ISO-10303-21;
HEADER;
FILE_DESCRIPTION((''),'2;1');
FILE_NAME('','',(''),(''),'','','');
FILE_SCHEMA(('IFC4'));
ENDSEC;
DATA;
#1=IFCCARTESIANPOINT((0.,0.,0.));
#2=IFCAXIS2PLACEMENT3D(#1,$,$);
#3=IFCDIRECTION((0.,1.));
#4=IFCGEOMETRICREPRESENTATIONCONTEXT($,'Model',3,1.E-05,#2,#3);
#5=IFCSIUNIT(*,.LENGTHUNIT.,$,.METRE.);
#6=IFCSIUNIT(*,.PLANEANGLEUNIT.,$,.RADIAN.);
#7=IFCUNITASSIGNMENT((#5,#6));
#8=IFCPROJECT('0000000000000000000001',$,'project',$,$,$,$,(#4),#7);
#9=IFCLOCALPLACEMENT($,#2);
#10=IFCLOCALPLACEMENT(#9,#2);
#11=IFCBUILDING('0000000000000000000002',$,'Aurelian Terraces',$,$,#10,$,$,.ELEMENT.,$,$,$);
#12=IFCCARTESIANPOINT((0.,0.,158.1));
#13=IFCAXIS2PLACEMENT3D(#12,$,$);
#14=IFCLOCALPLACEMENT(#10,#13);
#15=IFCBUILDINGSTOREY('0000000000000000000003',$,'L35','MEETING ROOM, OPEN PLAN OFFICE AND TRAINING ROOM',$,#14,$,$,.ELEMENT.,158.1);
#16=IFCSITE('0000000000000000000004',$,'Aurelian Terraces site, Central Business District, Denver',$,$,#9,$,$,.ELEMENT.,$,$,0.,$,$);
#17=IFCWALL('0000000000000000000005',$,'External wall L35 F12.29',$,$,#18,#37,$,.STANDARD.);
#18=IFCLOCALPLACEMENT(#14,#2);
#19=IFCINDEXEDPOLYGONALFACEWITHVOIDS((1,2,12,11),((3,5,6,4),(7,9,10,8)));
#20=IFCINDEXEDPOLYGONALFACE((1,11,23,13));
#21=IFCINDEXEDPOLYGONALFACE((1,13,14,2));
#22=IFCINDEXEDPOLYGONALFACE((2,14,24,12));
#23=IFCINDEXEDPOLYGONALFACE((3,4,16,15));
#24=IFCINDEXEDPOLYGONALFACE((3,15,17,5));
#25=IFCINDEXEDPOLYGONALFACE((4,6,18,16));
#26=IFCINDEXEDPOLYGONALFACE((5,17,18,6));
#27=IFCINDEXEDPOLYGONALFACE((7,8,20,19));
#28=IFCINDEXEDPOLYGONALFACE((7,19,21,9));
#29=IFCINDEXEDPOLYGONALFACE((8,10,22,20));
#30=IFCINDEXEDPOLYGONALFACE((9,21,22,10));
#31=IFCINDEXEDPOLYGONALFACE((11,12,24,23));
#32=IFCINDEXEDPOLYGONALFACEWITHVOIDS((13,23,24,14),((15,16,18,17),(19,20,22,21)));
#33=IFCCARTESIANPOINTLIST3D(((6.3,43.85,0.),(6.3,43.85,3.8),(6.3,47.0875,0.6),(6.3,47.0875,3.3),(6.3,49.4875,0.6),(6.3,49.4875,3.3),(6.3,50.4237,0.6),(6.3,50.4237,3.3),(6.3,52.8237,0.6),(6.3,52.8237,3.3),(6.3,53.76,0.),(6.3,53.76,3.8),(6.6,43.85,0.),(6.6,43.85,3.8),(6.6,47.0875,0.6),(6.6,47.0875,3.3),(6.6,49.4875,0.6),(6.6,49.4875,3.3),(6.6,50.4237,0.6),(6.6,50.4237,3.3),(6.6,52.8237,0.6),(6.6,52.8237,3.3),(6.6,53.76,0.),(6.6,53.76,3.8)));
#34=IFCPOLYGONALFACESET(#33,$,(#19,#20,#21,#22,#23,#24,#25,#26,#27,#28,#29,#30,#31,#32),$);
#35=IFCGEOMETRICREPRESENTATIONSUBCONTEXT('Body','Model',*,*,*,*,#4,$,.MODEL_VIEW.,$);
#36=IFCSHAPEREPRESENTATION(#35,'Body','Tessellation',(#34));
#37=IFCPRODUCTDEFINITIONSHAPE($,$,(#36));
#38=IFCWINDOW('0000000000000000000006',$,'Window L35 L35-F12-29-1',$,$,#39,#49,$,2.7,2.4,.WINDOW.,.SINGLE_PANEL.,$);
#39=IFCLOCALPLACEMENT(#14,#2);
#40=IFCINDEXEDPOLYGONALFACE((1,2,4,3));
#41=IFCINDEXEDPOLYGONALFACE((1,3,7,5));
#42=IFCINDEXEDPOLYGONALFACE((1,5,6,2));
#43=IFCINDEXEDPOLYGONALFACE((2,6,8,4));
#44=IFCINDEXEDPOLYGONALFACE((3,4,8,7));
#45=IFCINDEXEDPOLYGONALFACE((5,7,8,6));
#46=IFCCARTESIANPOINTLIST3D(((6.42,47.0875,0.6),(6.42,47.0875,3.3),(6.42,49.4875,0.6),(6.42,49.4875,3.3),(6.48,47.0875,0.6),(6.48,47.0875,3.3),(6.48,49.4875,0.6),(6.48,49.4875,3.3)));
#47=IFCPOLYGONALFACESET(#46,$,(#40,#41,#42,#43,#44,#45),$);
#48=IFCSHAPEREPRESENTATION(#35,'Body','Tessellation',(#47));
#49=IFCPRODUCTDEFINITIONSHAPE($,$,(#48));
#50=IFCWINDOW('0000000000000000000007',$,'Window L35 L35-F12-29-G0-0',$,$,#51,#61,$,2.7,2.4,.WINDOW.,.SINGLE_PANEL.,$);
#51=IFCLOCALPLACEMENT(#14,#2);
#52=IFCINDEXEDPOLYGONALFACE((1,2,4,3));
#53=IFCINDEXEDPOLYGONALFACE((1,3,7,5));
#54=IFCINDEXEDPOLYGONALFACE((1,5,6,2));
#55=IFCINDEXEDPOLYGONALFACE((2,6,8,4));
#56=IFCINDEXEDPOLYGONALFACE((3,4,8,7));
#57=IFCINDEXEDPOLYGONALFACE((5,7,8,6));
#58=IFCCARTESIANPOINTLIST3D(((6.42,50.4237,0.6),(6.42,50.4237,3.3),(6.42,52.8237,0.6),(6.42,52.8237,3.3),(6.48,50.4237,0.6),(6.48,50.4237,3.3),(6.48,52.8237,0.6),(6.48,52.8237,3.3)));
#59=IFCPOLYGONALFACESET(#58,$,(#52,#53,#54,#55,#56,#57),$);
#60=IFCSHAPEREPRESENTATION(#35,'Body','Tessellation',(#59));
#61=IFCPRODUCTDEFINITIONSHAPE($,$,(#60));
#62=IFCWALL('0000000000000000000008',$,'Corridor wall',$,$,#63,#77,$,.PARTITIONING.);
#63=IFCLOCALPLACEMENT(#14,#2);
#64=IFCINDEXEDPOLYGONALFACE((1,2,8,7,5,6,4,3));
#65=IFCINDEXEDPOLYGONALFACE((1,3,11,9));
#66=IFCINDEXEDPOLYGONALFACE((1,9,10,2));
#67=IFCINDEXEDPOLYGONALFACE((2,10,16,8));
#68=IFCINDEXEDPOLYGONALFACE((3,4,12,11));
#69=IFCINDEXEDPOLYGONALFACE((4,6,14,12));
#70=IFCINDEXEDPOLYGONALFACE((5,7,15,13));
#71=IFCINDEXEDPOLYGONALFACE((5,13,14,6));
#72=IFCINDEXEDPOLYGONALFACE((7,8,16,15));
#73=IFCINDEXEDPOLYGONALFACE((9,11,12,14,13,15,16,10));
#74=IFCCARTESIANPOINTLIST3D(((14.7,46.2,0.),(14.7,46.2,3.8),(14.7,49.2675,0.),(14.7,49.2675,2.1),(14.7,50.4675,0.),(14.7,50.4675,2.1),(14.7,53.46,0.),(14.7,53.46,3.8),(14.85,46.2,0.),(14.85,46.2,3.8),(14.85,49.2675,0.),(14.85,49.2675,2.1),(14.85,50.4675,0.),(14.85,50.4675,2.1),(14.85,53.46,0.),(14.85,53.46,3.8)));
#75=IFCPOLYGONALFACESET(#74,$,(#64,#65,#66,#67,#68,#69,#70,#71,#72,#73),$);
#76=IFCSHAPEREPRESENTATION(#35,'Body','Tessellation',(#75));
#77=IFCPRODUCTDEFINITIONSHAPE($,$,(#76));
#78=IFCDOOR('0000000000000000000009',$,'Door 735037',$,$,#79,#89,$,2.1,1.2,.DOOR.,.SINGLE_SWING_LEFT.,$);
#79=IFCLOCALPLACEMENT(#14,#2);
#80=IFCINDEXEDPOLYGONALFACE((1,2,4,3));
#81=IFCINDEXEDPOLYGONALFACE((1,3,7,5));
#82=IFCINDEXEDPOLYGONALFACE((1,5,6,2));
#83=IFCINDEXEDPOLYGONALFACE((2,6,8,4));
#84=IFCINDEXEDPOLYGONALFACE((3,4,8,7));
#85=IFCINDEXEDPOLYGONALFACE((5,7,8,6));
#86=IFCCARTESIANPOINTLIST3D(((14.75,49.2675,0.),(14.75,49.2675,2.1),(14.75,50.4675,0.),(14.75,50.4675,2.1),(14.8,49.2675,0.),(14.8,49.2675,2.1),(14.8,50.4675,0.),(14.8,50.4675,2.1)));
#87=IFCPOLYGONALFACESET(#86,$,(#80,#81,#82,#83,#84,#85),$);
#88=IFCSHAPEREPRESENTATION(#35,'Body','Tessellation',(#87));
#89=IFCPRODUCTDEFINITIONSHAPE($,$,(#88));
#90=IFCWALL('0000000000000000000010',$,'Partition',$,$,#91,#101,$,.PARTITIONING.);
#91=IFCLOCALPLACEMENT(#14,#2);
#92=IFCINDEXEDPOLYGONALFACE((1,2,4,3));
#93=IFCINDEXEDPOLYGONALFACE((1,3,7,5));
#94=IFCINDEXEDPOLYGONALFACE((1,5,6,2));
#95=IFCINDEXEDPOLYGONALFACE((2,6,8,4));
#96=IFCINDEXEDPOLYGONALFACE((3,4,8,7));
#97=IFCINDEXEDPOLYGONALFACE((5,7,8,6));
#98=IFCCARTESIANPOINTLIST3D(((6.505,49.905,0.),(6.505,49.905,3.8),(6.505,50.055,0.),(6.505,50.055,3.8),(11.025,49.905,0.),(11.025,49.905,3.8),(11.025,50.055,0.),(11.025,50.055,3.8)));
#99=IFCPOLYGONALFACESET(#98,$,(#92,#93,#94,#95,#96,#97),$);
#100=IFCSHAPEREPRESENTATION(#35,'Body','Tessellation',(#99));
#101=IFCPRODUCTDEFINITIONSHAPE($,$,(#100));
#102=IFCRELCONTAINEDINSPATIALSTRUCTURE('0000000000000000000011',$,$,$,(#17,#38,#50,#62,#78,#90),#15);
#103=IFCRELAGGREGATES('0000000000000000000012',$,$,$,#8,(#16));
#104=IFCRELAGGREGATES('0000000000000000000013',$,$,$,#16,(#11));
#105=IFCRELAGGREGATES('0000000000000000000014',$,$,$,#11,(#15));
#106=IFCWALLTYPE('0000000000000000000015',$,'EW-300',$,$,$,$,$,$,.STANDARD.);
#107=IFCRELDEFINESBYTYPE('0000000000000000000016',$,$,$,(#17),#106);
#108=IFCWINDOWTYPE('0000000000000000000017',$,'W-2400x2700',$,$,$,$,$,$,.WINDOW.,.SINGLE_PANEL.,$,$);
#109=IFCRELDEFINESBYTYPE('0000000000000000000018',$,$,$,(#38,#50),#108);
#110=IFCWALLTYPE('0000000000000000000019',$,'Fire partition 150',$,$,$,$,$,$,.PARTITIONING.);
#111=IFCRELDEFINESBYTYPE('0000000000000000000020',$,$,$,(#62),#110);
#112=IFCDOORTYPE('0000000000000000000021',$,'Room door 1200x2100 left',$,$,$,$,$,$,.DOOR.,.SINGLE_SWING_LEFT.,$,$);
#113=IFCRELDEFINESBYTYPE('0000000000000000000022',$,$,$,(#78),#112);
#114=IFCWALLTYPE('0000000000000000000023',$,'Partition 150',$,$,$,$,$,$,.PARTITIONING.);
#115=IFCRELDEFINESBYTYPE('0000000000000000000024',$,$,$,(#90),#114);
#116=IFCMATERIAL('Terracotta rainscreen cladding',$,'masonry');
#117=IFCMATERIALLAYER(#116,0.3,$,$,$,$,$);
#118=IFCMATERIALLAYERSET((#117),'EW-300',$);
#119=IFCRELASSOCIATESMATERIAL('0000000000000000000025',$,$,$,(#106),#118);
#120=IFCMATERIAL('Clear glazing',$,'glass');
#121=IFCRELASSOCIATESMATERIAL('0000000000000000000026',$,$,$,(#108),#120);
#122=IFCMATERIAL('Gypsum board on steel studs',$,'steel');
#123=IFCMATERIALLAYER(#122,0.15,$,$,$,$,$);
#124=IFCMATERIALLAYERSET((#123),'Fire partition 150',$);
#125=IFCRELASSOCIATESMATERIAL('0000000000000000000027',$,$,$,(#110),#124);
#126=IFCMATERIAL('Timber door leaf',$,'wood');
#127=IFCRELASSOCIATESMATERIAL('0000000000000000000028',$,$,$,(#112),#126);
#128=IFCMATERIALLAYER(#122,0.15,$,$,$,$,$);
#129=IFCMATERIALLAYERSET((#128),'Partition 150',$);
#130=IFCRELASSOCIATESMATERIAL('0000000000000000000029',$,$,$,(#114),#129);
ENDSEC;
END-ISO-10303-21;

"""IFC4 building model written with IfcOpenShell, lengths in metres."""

from ifc_helpers import new_model, si_unit, direction, frame, frame_2d, origin, place, context, subcontext, project, spatial, rectangle, extrude, source, transform, mapped, material, layer, layer_set, type_object, element, fill, save


model = new_model("IFC4")

# Units and contexts
model_context = context("Model", 3, precision=1e-05, world=origin(), true_north=direction((0.0, 1.0)))
body_context = subcontext(model_context, "Body", "Model", "MODEL_VIEW")
ifc_project = project(units=[si_unit("LENGTHUNIT", "METRE"), si_unit("PLANEANGLEUNIT", "RADIAN")], contexts=[model_context])

# Site, building, storey
site_placement = place(None, origin())
site = spatial("IfcSite", under=ifc_project, at=site_placement, Name="Aurelian Terraces site, Central Business District, Denver", CompositionType="ELEMENT", RefElevation=0.0)
building_placement = place(site_placement, origin())
building = spatial("IfcBuilding", under=site, at=building_placement, Name="Aurelian Terraces", CompositionType="ELEMENT")
storey_placement = place(building_placement, frame((0.0, 0.0, 158.1)))
storey = spatial("IfcBuildingStorey", under=building, at=storey_placement, Name="L35", Description="MEETING ROOM, OPEN PLAN OFFICE AND TRAINING ROOM", CompositionType="ELEMENT", Elevation=158.1)

# Shared definitions
ifc_material_1 = material(Name="Terracotta rainscreen cladding", Category="masonry")
ifc_layer_1 = layer(ifc_material_1, 0.3)
ifc_layer_set_1 = layer_set([ifc_layer_1], Name="EW-300")
wall_type_1 = type_object("IfcWallType", Name="EW-300", PredefinedType="STANDARD", material=ifc_layer_set_1)
ifc_material_2 = material(Name="Clear glazing", Category="glass")

# Wall, openings, windows
shared_shape_1 = source(origin(), body_context, "Body", "SweptSolid", [
    extrude(rectangle(XDim=2.4, YDim=2.7, at=frame_2d((1.2, 1.35))), frame((0.0, 0.16, 0.0), z_axis=(0.0, -1.0, 0.0), x_axis=(1.0, 0.0, 0.0)), (0.0, 0.0, 1.0), 0.32),
])
window_type_1 = type_object("IfcWindowType", Name="W-2400x2700", PartitioningType="SINGLE_PANEL", PredefinedType="WINDOW", material=ifc_material_2)
shared_shape_2 = source(origin(), body_context, "Body", "SweptSolid", [
    extrude(rectangle(XDim=2.4, YDim=2.7, at=frame_2d((1.2, 1.35))), frame((0.0, 0.03, 0.0), z_axis=(0.0, -1.0, 0.0), x_axis=(1.0, 0.0, 0.0)), (0.0, 0.0, 1.0), 0.06),
])
shared_shape_3 = source(origin(), body_context, "Body", "SweptSolid", [
    extrude(rectangle(XDim=9.91, YDim=0.3, at=frame_2d((4.955, 0.0))), origin(), (0.0, 0.0, 1.0), 3.8),
])
wall_1_placement = place(storey_placement, frame((6.45, 53.76, 0.0), z_axis=(0.0, 0.0, 1.0), x_axis=(0.0, -1.0, 0.0)))
wall_1 = element("IfcWall", 1, at=wall_1_placement, inside=storey, type_object=wall_type_1, Name="External wall L35 F12.29", PredefinedType="STANDARD", context=body_context, shape_type="MappedRepresentation", body=[
    mapped(shared_shape_3, transform((0.0, 0.0, 0.0), scale=1.0)),
])
opening_1_placement = place(wall_1_placement, frame((4.2725, 0.0, 0.6)))
opening_1 = element("IfcOpeningElement", 2, at=opening_1_placement, cuts=wall_1, PredefinedType="OPENING", context=body_context, shape_type="MappedRepresentation", body=[
    mapped(shared_shape_1, transform((0.0, 0.0, 0.0), scale=1.0)),
])
opening_2_placement = place(wall_1_placement, frame((0.9363, 0.0, 0.6)))
opening_2 = element("IfcOpeningElement", 3, at=opening_2_placement, cuts=wall_1, PredefinedType="OPENING", context=body_context, shape_type="MappedRepresentation", body=[
    mapped(shared_shape_1, transform((0.0, 0.0, 0.0), scale=1.0)),
])
window_1_placement = place(opening_1_placement, origin())
window_1 = element("IfcWindow", 4, at=window_1_placement, inside=storey, type_object=window_type_1, Name="Window L35 L35-F12-29-1", OverallHeight=2.7, OverallWidth=2.4, PartitioningType="SINGLE_PANEL", PredefinedType="WINDOW", context=body_context, shape_type="MappedRepresentation", body=[
    mapped(shared_shape_2, transform((0.0, 0.0, 0.0), scale=1.0)),
])
fill(opening_1, window_1)
window_2_placement = place(opening_2_placement, origin())
window_2 = element("IfcWindow", 5, at=window_2_placement, inside=storey, type_object=window_type_1, Name="Window L35 L35-F12-29-G0-0", OverallHeight=2.7, OverallWidth=2.4, PartitioningType="SINGLE_PANEL", PredefinedType="WINDOW", context=body_context, shape_type="MappedRepresentation", body=[
    mapped(shared_shape_2, transform((0.0, 0.0, 0.0), scale=1.0)),
])
fill(opening_2, window_2)

# Wall, opening, door
ifc_material_3 = material(Name="Gypsum board on steel studs", Category="steel")
ifc_layer_2 = layer(ifc_material_3, 0.15)
ifc_layer_set_2 = layer_set([ifc_layer_2], Name="Fire partition 150")
wall_type_2 = type_object("IfcWallType", Name="Fire partition 150", PredefinedType="PARTITIONING", material=ifc_layer_set_2)
shared_shape_4 = source(origin(), body_context, "Body", "SweptSolid", [
    extrude(rectangle(XDim=7.26, YDim=0.15, at=frame_2d((3.63, 0.0))), origin(), (0.0, 0.0, 1.0), 3.8),
])
wall_2_placement = place(storey_placement, frame((14.775, 46.2, 0.0), z_axis=(0.0, 0.0, 1.0), x_axis=(0.0, 1.0, 0.0)))
wall_2 = element("IfcWall", 6, at=wall_2_placement, inside=storey, type_object=wall_type_2, Name="Corridor wall", PredefinedType="PARTITIONING", context=body_context, shape_type="MappedRepresentation", body=[
    mapped(shared_shape_4, transform((0.0, 0.0, 0.0), scale=1.0)),
])
shared_shape_5 = source(origin(), body_context, "Body", "SweptSolid", [
    extrude(rectangle(XDim=1.2, YDim=2.1, at=frame_2d((0.6, 1.05))), frame((0.0, 0.085, 0.0), z_axis=(0.0, -1.0, 0.0), x_axis=(1.0, 0.0, 0.0)), (0.0, 0.0, 1.0), 0.17),
])
opening_3_placement = place(wall_2_placement, frame((3.0675, 0.0, 0.0)))
opening_3 = element("IfcOpeningElement", 7, at=opening_3_placement, cuts=wall_2, PredefinedType="OPENING", context=body_context, shape_type="MappedRepresentation", body=[
    mapped(shared_shape_5, transform((0.0, 0.0, 0.0), scale=1.0)),
])
ifc_material_4 = material(Name="Timber door leaf", Category="wood")
door_type_1 = type_object("IfcDoorType", Name="Room door 1200x2100 left", OperationType="SINGLE_SWING_LEFT", PredefinedType="DOOR", material=ifc_material_4)
shared_shape_6 = source(origin(), body_context, "Body", "SweptSolid", [
    extrude(rectangle(XDim=1.2, YDim=2.1, at=frame_2d((0.6, 1.05))), frame((0.0, 0.025, 0.0), z_axis=(0.0, -1.0, 0.0), x_axis=(1.0, 0.0, 0.0)), (0.0, 0.0, 1.0), 0.05),
])
door_1_placement = place(opening_3_placement, origin())
door_1 = element("IfcDoor", 8, at=door_1_placement, inside=storey, type_object=door_type_1, Name="Door 735037", OperationType="SINGLE_SWING_LEFT", OverallHeight=2.1, OverallWidth=1.2, PredefinedType="DOOR", context=body_context, shape_type="MappedRepresentation", body=[
    mapped(shared_shape_6, transform((0.0, 0.0, 0.0), scale=1.0)),
])
fill(opening_3, door_1)

# Wall
ifc_layer_3 = layer(ifc_material_3, 0.15)
ifc_layer_set_3 = layer_set([ifc_layer_3], Name="Partition 150")
wall_type_3 = type_object("IfcWallType", Name="Partition 150", PredefinedType="PARTITIONING", material=ifc_layer_set_3)
shared_shape_7 = source(origin(), body_context, "Body", "SweptSolid", [
    extrude(rectangle(XDim=4.52, YDim=0.15, at=frame_2d((2.26, 0.0))), origin(), (0.0, 0.0, 1.0), 3.8),
])
wall_3_placement = place(storey_placement, frame((11.025, 49.98, 0.0), z_axis=(0.0, 0.0, 1.0), x_axis=(-1.0, 0.0, 0.0)))
element("IfcWall", 9, at=wall_3_placement, inside=storey, type_object=wall_type_3, Name="Partition", PredefinedType="PARTITIONING", context=body_context, shape_type="MappedRepresentation", body=[
    mapped(shared_shape_7, transform((0.0, 0.0, 0.0), scale=1.0)),
])

save(model, "model.ifc")
